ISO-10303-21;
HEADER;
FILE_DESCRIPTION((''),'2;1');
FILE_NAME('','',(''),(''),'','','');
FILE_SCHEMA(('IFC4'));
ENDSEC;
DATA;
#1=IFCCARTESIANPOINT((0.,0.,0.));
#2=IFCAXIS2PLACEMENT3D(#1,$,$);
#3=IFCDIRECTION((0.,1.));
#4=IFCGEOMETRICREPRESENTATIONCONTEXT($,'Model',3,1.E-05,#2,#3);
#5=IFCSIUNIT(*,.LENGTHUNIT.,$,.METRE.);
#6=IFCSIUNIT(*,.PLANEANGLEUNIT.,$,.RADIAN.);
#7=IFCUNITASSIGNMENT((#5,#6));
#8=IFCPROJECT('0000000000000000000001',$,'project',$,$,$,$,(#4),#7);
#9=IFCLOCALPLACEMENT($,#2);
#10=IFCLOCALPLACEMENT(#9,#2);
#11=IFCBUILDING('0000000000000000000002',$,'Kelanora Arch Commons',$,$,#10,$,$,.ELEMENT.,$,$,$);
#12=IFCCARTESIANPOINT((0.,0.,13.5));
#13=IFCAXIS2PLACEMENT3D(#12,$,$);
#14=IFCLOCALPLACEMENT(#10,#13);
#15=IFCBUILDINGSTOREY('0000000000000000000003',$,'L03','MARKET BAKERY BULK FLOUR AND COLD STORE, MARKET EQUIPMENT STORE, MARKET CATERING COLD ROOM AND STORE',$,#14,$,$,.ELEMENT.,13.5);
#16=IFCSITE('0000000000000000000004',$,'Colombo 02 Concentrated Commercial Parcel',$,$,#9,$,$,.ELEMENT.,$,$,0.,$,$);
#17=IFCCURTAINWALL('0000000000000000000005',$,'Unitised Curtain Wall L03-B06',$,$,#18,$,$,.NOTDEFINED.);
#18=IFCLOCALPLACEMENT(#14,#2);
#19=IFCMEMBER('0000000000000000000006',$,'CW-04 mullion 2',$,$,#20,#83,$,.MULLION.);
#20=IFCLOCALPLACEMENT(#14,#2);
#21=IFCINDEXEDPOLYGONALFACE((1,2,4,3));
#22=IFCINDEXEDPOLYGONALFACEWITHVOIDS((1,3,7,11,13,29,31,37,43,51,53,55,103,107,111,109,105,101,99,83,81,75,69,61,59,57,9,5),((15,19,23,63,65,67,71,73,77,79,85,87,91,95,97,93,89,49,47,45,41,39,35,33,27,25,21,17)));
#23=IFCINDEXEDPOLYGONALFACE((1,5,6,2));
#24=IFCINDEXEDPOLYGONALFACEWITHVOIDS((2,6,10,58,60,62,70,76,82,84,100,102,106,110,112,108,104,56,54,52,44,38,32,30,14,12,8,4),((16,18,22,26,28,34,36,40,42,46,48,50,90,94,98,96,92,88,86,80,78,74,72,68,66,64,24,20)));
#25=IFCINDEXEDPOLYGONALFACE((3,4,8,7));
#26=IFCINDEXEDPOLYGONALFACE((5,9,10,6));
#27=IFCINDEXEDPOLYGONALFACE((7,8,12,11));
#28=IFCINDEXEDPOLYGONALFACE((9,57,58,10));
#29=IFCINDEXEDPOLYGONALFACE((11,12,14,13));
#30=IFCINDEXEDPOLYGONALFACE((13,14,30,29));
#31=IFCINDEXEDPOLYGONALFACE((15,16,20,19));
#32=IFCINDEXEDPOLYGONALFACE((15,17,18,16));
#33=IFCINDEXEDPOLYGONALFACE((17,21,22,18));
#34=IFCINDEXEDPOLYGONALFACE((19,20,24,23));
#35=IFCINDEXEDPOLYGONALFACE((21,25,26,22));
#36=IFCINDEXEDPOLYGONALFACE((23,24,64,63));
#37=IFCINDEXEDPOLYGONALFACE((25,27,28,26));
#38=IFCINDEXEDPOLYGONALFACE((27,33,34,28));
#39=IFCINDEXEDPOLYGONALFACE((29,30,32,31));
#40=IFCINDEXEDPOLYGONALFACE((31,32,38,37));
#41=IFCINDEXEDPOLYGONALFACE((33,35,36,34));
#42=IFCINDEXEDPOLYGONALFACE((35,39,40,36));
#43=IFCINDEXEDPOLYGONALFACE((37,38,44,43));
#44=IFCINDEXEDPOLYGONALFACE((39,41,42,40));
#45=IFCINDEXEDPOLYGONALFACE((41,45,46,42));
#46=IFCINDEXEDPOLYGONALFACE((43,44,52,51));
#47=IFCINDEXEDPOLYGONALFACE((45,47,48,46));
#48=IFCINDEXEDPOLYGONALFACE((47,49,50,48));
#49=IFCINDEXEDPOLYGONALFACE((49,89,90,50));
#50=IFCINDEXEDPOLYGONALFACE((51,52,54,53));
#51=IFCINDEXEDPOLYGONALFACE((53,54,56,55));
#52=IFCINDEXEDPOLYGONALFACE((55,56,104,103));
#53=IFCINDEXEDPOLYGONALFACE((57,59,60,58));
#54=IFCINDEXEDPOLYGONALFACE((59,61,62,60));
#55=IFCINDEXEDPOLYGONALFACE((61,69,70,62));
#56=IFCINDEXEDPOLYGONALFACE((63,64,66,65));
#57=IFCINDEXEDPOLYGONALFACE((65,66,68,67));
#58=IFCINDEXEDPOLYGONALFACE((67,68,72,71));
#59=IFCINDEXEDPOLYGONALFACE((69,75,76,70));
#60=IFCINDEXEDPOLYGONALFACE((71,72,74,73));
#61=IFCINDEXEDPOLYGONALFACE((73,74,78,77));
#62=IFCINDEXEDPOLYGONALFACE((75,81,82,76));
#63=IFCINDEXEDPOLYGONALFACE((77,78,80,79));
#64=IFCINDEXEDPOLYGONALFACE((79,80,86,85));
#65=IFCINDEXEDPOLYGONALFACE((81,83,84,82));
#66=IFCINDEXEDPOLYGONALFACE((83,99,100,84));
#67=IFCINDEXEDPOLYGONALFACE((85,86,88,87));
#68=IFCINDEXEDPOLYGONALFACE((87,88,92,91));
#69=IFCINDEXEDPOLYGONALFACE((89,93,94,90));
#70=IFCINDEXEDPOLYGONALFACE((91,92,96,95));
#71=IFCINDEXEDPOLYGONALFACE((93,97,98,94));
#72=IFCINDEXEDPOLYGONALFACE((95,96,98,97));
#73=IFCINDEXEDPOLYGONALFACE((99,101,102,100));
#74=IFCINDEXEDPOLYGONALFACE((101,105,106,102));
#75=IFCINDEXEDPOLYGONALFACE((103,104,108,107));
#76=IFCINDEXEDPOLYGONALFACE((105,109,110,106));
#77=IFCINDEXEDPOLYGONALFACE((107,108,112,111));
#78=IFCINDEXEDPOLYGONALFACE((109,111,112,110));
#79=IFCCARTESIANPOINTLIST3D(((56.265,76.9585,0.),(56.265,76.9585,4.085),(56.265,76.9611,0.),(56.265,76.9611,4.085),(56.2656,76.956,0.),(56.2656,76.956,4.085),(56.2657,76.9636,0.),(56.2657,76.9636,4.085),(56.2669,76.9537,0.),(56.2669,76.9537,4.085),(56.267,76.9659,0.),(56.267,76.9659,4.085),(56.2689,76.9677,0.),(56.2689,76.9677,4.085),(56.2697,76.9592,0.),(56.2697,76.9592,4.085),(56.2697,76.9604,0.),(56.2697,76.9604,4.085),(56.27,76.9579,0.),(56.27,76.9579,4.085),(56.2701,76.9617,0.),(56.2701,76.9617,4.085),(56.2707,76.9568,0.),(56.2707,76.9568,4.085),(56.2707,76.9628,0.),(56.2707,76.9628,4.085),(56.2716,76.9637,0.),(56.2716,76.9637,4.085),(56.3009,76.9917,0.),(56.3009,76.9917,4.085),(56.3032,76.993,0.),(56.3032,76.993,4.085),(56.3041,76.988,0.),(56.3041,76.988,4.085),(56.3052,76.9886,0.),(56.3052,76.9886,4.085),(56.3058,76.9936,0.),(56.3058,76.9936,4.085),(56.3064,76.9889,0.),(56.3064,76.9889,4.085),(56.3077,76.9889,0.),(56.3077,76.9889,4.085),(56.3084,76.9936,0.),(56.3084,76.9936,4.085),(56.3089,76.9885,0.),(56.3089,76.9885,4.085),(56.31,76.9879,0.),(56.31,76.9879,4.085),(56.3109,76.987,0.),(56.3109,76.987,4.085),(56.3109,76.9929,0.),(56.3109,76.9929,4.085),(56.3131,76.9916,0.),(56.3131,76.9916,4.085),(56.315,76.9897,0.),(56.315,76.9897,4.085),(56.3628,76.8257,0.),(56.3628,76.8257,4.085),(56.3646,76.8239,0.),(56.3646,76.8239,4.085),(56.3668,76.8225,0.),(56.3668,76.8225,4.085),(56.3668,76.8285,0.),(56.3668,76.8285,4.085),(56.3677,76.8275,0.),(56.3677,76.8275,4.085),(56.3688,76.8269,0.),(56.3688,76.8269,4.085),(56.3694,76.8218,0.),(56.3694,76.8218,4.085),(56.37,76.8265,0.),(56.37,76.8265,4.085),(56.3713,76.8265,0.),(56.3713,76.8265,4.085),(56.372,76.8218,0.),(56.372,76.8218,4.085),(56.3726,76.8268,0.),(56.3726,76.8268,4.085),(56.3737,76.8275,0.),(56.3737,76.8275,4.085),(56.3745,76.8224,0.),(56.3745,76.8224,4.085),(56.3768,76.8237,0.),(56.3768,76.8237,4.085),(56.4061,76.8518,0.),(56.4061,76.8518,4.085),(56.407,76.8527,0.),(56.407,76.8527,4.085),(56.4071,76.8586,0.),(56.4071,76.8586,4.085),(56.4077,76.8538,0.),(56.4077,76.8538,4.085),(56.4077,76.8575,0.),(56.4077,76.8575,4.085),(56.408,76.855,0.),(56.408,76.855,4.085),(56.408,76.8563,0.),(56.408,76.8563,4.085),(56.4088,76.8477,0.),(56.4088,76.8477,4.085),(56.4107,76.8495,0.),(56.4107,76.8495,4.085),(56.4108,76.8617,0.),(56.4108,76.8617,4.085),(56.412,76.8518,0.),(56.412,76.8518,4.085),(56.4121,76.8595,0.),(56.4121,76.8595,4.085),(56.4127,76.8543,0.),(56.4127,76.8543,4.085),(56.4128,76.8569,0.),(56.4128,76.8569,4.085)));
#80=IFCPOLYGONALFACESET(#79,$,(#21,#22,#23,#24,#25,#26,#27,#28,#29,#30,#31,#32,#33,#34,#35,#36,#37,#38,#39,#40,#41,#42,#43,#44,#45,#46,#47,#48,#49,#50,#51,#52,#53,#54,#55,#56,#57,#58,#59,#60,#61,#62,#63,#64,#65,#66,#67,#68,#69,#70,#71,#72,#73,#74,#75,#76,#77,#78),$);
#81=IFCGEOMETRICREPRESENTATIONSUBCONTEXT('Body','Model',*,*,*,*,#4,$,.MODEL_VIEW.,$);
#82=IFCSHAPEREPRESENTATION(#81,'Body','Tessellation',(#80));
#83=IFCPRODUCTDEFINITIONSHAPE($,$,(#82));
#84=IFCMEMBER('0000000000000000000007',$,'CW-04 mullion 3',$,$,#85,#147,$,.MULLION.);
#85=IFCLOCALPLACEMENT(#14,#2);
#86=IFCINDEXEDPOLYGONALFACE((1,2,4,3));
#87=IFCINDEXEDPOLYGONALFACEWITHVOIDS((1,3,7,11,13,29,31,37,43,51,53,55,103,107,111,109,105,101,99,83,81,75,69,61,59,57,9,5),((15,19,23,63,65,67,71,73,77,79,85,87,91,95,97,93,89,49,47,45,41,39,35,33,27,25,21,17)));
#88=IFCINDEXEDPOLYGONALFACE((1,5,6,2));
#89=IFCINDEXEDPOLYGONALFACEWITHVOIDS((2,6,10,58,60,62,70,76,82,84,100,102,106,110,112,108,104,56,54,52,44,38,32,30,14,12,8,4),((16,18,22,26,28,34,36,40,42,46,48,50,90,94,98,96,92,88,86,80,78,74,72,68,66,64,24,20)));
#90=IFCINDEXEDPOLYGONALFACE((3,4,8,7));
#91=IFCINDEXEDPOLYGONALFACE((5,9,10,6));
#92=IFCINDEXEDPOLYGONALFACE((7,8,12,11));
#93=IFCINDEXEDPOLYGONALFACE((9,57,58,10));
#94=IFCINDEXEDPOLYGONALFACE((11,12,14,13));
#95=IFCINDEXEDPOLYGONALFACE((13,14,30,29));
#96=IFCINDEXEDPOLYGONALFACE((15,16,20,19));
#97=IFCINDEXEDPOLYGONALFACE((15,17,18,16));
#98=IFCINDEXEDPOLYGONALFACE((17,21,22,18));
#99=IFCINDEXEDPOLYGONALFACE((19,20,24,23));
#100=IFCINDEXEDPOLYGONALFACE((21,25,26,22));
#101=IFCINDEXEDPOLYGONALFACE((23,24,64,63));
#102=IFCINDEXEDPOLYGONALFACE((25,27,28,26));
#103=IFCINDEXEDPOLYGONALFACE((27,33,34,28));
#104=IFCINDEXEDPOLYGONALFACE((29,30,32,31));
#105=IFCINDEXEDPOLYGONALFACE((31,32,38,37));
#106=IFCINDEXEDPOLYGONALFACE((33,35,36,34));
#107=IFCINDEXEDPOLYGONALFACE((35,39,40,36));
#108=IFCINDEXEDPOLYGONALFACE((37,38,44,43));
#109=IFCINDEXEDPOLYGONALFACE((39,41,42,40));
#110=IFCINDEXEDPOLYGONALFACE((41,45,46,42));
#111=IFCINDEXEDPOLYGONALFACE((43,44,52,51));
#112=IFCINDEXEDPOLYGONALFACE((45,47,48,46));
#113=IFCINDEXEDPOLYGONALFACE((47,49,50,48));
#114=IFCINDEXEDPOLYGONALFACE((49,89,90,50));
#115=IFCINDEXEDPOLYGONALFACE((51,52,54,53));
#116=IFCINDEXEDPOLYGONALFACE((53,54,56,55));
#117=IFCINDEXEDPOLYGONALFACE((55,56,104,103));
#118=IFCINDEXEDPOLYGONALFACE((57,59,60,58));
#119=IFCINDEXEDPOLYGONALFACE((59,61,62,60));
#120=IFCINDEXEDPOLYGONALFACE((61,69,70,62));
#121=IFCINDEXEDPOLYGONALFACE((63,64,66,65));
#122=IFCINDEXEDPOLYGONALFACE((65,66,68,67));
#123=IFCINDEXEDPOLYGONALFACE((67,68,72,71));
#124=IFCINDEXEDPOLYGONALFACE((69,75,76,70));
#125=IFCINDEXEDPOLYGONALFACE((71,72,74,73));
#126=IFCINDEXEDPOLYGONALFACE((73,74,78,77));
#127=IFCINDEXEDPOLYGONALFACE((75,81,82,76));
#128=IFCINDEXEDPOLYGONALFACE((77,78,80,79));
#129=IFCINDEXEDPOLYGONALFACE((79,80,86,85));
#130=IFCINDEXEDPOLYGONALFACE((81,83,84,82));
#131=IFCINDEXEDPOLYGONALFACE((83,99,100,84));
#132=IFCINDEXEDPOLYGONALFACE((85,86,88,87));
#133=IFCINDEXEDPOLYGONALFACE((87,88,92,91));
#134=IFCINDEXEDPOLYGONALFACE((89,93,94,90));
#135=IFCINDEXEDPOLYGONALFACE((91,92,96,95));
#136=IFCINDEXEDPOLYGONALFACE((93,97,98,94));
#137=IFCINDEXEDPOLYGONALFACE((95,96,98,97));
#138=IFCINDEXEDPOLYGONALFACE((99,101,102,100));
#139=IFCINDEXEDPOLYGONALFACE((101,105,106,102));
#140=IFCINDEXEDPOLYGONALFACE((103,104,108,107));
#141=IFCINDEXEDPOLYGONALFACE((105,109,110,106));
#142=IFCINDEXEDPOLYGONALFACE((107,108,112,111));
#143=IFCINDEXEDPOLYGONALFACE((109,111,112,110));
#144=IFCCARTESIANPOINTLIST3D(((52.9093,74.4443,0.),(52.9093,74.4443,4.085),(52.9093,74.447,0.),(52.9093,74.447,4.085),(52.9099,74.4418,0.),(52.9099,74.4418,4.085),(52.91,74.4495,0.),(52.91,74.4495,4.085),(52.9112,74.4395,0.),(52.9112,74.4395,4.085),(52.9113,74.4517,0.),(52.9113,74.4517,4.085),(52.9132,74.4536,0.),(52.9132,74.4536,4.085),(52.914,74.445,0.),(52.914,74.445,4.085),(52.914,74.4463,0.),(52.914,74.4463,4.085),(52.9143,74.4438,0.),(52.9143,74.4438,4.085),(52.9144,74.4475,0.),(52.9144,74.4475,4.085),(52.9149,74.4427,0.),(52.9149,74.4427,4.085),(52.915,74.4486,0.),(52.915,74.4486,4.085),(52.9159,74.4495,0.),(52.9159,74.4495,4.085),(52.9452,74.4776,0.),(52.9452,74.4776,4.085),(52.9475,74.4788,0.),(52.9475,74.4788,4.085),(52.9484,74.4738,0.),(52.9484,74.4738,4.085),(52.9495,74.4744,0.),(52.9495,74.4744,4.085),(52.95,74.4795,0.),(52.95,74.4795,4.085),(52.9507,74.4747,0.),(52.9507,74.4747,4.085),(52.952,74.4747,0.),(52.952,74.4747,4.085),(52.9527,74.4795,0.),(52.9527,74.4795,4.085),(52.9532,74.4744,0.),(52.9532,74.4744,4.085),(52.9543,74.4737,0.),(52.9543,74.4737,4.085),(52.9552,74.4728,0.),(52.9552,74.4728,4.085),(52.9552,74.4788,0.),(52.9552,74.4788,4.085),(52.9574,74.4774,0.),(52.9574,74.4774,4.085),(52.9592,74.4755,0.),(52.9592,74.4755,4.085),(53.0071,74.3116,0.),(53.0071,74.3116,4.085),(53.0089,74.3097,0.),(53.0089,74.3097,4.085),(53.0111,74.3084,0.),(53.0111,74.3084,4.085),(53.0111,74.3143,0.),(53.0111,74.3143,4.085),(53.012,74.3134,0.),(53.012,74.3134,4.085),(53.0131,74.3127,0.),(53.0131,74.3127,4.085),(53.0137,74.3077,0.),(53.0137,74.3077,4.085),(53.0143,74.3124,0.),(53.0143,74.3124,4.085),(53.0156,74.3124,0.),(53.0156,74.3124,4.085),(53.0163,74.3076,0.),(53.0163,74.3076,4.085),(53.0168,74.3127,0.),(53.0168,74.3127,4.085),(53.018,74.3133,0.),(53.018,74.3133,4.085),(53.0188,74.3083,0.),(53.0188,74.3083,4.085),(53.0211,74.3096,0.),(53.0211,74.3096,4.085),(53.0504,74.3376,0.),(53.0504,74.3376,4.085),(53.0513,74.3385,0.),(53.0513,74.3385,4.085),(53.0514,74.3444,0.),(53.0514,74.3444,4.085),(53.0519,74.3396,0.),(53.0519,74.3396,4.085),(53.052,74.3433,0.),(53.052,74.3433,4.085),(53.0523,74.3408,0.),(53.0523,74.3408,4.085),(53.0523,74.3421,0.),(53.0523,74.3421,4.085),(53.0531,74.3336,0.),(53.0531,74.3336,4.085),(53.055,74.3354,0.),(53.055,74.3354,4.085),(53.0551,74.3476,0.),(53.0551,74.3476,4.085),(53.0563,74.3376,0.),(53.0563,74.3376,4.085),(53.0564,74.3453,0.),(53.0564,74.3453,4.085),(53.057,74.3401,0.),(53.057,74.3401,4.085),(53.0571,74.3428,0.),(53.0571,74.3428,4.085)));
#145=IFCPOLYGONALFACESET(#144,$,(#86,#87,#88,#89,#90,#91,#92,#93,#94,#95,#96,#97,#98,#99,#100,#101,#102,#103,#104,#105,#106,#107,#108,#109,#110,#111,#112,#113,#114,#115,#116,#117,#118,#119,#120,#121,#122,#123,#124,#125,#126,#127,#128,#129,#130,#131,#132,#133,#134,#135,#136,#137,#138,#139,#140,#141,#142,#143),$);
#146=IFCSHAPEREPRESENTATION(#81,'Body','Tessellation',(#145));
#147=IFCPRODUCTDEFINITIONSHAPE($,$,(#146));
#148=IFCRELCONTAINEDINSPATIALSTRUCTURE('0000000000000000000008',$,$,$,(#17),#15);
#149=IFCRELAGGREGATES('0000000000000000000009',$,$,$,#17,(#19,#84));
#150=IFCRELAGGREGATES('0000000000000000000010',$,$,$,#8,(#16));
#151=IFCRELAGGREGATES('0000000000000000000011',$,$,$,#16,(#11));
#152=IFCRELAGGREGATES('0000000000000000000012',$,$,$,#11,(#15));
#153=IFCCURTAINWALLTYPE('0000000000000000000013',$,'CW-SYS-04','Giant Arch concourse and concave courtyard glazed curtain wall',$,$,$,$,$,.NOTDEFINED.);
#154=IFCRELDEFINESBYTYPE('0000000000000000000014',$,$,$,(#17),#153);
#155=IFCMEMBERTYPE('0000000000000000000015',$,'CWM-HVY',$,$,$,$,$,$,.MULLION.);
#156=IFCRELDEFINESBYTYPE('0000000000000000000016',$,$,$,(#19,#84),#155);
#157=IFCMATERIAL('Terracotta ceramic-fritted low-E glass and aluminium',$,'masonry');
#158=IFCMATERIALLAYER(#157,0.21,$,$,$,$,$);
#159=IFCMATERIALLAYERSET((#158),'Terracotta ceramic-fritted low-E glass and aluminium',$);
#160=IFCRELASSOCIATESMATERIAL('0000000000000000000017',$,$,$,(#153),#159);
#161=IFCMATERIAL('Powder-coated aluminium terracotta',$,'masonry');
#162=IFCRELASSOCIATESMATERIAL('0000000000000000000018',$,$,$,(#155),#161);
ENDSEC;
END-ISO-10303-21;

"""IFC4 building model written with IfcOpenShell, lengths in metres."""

from ifc_helpers import new_model, si_unit, direction, frame, origin, origin_2d, place, context, subcontext, project, spatial, hollow_rectangle, extrude, material, layer, layer_set, material_profile, profile_set, type_object, element, aggregate, save


model = new_model("IFC4")

# Units and contexts
model_context = context("Model", 3, precision=1e-05, world=origin(), true_north=direction((0.0, 1.0)))
body_context = subcontext(model_context, "Body", "Model", "MODEL_VIEW")
ifc_project = project(units=[si_unit("LENGTHUNIT", "METRE"), si_unit("PLANEANGLEUNIT", "RADIAN")], contexts=[model_context])

# Site, building, storey
site_placement = place(None, origin())
site = spatial("IfcSite", under=ifc_project, at=site_placement, Name="Colombo 02 Concentrated Commercial Parcel", CompositionType="ELEMENT", RefElevation=0.0)
building_placement = place(site_placement, origin())
building = spatial("IfcBuilding", under=site, at=building_placement, Name="Kelanora Arch Commons", CompositionType="ELEMENT")
storey_placement = place(building_placement, frame((0.0, 0.0, 13.5)))
storey = spatial("IfcBuildingStorey", under=building, at=storey_placement, Name="L03", Description="MARKET BAKERY BULK FLOUR AND COLD STORE, MARKET EQUIPMENT STORE, MARKET CATERING COLD ROOM AND STORE", CompositionType="ELEMENT", Elevation=13.5)

# Shared definitions
ifc_material_1 = material(Name="Terracotta ceramic-fritted low-E glass and aluminium", Category="masonry")
ifc_layer_1 = layer(ifc_material_1, 0.21)
ifc_layer_set_1 = layer_set([ifc_layer_1], Name="Terracotta ceramic-fritted low-E glass and aluminium")
curtain_wall_type = type_object("IfcCurtainWallType", Name="CW-SYS-04", Description="Giant Arch concourse and concave courtyard glazed curtain wall", PredefinedType="NOTDEFINED", material=ifc_layer_set_1)
ifc_material_2 = material(Name="Powder-coated aluminium terracotta", Category="masonry")
ifc_material_profile_1 = material_profile(ifc_material_2, hollow_rectangle(XDim=0.1799, YDim=0.0601, WallThickness=0.0049, InnerFilletRadius=0.0049, OuterFilletRadius=0.01, at=origin_2d()), Name="CWM180x60")
ifc_profile_set_1 = profile_set([ifc_material_profile_1], Name="Powder-coated aluminium terracotta")
member_type_1 = type_object("IfcMemberType", Name="CWM-HVY", PredefinedType="MULLION", material=ifc_profile_set_1)

# Curtain wall, members
curtain_wall_1_placement = place(storey_placement, origin())
curtain_wall_1 = element("IfcCurtainWall", 1, at=curtain_wall_1_placement, inside=storey, type_object=curtain_wall_type, Name="Unitised Curtain Wall L03-B06", PredefinedType="NOTDEFINED")
member_1_placement = place(storey_placement, frame((56.3389, 76.9077, 0.0), z_axis=(0.0, 0.0, 1.0), x_axis=(0.599593, -0.800305, 0.0)))
member_1 = element("IfcMember", 2, at=member_1_placement, type_object=member_type_1, Name="CW-04 mullion 2", PredefinedType="MULLION", context=body_context, shape_type="SweptSolid", body=[
    extrude(hollow_rectangle(XDim=0.1799, YDim=0.0601, WallThickness=0.0049, InnerFilletRadius=0.0049, OuterFilletRadius=0.01, at=origin_2d()), origin(), (0.0, 0.0, 1.0), 4.085),
])
member_2_placement = place(storey_placement, frame((52.9832, 74.3936, 0.0), z_axis=(0.0, 0.0, 1.0), x_axis=(0.599593, -0.800305, 0.0)))
member_2 = element("IfcMember", 3, at=member_2_placement, type_object=member_type_1, Name="CW-04 mullion 3", PredefinedType="MULLION", context=body_context, shape_type="SweptSolid", body=[
    extrude(hollow_rectangle(XDim=0.1799, YDim=0.0601, WallThickness=0.0049, InnerFilletRadius=0.0049, OuterFilletRadius=0.01, at=origin_2d()), origin(), (0.0, 0.0, 1.0), 4.085),
])

aggregate(curtain_wall_1, [member_1, member_2])

save(model, "model.ifc")
